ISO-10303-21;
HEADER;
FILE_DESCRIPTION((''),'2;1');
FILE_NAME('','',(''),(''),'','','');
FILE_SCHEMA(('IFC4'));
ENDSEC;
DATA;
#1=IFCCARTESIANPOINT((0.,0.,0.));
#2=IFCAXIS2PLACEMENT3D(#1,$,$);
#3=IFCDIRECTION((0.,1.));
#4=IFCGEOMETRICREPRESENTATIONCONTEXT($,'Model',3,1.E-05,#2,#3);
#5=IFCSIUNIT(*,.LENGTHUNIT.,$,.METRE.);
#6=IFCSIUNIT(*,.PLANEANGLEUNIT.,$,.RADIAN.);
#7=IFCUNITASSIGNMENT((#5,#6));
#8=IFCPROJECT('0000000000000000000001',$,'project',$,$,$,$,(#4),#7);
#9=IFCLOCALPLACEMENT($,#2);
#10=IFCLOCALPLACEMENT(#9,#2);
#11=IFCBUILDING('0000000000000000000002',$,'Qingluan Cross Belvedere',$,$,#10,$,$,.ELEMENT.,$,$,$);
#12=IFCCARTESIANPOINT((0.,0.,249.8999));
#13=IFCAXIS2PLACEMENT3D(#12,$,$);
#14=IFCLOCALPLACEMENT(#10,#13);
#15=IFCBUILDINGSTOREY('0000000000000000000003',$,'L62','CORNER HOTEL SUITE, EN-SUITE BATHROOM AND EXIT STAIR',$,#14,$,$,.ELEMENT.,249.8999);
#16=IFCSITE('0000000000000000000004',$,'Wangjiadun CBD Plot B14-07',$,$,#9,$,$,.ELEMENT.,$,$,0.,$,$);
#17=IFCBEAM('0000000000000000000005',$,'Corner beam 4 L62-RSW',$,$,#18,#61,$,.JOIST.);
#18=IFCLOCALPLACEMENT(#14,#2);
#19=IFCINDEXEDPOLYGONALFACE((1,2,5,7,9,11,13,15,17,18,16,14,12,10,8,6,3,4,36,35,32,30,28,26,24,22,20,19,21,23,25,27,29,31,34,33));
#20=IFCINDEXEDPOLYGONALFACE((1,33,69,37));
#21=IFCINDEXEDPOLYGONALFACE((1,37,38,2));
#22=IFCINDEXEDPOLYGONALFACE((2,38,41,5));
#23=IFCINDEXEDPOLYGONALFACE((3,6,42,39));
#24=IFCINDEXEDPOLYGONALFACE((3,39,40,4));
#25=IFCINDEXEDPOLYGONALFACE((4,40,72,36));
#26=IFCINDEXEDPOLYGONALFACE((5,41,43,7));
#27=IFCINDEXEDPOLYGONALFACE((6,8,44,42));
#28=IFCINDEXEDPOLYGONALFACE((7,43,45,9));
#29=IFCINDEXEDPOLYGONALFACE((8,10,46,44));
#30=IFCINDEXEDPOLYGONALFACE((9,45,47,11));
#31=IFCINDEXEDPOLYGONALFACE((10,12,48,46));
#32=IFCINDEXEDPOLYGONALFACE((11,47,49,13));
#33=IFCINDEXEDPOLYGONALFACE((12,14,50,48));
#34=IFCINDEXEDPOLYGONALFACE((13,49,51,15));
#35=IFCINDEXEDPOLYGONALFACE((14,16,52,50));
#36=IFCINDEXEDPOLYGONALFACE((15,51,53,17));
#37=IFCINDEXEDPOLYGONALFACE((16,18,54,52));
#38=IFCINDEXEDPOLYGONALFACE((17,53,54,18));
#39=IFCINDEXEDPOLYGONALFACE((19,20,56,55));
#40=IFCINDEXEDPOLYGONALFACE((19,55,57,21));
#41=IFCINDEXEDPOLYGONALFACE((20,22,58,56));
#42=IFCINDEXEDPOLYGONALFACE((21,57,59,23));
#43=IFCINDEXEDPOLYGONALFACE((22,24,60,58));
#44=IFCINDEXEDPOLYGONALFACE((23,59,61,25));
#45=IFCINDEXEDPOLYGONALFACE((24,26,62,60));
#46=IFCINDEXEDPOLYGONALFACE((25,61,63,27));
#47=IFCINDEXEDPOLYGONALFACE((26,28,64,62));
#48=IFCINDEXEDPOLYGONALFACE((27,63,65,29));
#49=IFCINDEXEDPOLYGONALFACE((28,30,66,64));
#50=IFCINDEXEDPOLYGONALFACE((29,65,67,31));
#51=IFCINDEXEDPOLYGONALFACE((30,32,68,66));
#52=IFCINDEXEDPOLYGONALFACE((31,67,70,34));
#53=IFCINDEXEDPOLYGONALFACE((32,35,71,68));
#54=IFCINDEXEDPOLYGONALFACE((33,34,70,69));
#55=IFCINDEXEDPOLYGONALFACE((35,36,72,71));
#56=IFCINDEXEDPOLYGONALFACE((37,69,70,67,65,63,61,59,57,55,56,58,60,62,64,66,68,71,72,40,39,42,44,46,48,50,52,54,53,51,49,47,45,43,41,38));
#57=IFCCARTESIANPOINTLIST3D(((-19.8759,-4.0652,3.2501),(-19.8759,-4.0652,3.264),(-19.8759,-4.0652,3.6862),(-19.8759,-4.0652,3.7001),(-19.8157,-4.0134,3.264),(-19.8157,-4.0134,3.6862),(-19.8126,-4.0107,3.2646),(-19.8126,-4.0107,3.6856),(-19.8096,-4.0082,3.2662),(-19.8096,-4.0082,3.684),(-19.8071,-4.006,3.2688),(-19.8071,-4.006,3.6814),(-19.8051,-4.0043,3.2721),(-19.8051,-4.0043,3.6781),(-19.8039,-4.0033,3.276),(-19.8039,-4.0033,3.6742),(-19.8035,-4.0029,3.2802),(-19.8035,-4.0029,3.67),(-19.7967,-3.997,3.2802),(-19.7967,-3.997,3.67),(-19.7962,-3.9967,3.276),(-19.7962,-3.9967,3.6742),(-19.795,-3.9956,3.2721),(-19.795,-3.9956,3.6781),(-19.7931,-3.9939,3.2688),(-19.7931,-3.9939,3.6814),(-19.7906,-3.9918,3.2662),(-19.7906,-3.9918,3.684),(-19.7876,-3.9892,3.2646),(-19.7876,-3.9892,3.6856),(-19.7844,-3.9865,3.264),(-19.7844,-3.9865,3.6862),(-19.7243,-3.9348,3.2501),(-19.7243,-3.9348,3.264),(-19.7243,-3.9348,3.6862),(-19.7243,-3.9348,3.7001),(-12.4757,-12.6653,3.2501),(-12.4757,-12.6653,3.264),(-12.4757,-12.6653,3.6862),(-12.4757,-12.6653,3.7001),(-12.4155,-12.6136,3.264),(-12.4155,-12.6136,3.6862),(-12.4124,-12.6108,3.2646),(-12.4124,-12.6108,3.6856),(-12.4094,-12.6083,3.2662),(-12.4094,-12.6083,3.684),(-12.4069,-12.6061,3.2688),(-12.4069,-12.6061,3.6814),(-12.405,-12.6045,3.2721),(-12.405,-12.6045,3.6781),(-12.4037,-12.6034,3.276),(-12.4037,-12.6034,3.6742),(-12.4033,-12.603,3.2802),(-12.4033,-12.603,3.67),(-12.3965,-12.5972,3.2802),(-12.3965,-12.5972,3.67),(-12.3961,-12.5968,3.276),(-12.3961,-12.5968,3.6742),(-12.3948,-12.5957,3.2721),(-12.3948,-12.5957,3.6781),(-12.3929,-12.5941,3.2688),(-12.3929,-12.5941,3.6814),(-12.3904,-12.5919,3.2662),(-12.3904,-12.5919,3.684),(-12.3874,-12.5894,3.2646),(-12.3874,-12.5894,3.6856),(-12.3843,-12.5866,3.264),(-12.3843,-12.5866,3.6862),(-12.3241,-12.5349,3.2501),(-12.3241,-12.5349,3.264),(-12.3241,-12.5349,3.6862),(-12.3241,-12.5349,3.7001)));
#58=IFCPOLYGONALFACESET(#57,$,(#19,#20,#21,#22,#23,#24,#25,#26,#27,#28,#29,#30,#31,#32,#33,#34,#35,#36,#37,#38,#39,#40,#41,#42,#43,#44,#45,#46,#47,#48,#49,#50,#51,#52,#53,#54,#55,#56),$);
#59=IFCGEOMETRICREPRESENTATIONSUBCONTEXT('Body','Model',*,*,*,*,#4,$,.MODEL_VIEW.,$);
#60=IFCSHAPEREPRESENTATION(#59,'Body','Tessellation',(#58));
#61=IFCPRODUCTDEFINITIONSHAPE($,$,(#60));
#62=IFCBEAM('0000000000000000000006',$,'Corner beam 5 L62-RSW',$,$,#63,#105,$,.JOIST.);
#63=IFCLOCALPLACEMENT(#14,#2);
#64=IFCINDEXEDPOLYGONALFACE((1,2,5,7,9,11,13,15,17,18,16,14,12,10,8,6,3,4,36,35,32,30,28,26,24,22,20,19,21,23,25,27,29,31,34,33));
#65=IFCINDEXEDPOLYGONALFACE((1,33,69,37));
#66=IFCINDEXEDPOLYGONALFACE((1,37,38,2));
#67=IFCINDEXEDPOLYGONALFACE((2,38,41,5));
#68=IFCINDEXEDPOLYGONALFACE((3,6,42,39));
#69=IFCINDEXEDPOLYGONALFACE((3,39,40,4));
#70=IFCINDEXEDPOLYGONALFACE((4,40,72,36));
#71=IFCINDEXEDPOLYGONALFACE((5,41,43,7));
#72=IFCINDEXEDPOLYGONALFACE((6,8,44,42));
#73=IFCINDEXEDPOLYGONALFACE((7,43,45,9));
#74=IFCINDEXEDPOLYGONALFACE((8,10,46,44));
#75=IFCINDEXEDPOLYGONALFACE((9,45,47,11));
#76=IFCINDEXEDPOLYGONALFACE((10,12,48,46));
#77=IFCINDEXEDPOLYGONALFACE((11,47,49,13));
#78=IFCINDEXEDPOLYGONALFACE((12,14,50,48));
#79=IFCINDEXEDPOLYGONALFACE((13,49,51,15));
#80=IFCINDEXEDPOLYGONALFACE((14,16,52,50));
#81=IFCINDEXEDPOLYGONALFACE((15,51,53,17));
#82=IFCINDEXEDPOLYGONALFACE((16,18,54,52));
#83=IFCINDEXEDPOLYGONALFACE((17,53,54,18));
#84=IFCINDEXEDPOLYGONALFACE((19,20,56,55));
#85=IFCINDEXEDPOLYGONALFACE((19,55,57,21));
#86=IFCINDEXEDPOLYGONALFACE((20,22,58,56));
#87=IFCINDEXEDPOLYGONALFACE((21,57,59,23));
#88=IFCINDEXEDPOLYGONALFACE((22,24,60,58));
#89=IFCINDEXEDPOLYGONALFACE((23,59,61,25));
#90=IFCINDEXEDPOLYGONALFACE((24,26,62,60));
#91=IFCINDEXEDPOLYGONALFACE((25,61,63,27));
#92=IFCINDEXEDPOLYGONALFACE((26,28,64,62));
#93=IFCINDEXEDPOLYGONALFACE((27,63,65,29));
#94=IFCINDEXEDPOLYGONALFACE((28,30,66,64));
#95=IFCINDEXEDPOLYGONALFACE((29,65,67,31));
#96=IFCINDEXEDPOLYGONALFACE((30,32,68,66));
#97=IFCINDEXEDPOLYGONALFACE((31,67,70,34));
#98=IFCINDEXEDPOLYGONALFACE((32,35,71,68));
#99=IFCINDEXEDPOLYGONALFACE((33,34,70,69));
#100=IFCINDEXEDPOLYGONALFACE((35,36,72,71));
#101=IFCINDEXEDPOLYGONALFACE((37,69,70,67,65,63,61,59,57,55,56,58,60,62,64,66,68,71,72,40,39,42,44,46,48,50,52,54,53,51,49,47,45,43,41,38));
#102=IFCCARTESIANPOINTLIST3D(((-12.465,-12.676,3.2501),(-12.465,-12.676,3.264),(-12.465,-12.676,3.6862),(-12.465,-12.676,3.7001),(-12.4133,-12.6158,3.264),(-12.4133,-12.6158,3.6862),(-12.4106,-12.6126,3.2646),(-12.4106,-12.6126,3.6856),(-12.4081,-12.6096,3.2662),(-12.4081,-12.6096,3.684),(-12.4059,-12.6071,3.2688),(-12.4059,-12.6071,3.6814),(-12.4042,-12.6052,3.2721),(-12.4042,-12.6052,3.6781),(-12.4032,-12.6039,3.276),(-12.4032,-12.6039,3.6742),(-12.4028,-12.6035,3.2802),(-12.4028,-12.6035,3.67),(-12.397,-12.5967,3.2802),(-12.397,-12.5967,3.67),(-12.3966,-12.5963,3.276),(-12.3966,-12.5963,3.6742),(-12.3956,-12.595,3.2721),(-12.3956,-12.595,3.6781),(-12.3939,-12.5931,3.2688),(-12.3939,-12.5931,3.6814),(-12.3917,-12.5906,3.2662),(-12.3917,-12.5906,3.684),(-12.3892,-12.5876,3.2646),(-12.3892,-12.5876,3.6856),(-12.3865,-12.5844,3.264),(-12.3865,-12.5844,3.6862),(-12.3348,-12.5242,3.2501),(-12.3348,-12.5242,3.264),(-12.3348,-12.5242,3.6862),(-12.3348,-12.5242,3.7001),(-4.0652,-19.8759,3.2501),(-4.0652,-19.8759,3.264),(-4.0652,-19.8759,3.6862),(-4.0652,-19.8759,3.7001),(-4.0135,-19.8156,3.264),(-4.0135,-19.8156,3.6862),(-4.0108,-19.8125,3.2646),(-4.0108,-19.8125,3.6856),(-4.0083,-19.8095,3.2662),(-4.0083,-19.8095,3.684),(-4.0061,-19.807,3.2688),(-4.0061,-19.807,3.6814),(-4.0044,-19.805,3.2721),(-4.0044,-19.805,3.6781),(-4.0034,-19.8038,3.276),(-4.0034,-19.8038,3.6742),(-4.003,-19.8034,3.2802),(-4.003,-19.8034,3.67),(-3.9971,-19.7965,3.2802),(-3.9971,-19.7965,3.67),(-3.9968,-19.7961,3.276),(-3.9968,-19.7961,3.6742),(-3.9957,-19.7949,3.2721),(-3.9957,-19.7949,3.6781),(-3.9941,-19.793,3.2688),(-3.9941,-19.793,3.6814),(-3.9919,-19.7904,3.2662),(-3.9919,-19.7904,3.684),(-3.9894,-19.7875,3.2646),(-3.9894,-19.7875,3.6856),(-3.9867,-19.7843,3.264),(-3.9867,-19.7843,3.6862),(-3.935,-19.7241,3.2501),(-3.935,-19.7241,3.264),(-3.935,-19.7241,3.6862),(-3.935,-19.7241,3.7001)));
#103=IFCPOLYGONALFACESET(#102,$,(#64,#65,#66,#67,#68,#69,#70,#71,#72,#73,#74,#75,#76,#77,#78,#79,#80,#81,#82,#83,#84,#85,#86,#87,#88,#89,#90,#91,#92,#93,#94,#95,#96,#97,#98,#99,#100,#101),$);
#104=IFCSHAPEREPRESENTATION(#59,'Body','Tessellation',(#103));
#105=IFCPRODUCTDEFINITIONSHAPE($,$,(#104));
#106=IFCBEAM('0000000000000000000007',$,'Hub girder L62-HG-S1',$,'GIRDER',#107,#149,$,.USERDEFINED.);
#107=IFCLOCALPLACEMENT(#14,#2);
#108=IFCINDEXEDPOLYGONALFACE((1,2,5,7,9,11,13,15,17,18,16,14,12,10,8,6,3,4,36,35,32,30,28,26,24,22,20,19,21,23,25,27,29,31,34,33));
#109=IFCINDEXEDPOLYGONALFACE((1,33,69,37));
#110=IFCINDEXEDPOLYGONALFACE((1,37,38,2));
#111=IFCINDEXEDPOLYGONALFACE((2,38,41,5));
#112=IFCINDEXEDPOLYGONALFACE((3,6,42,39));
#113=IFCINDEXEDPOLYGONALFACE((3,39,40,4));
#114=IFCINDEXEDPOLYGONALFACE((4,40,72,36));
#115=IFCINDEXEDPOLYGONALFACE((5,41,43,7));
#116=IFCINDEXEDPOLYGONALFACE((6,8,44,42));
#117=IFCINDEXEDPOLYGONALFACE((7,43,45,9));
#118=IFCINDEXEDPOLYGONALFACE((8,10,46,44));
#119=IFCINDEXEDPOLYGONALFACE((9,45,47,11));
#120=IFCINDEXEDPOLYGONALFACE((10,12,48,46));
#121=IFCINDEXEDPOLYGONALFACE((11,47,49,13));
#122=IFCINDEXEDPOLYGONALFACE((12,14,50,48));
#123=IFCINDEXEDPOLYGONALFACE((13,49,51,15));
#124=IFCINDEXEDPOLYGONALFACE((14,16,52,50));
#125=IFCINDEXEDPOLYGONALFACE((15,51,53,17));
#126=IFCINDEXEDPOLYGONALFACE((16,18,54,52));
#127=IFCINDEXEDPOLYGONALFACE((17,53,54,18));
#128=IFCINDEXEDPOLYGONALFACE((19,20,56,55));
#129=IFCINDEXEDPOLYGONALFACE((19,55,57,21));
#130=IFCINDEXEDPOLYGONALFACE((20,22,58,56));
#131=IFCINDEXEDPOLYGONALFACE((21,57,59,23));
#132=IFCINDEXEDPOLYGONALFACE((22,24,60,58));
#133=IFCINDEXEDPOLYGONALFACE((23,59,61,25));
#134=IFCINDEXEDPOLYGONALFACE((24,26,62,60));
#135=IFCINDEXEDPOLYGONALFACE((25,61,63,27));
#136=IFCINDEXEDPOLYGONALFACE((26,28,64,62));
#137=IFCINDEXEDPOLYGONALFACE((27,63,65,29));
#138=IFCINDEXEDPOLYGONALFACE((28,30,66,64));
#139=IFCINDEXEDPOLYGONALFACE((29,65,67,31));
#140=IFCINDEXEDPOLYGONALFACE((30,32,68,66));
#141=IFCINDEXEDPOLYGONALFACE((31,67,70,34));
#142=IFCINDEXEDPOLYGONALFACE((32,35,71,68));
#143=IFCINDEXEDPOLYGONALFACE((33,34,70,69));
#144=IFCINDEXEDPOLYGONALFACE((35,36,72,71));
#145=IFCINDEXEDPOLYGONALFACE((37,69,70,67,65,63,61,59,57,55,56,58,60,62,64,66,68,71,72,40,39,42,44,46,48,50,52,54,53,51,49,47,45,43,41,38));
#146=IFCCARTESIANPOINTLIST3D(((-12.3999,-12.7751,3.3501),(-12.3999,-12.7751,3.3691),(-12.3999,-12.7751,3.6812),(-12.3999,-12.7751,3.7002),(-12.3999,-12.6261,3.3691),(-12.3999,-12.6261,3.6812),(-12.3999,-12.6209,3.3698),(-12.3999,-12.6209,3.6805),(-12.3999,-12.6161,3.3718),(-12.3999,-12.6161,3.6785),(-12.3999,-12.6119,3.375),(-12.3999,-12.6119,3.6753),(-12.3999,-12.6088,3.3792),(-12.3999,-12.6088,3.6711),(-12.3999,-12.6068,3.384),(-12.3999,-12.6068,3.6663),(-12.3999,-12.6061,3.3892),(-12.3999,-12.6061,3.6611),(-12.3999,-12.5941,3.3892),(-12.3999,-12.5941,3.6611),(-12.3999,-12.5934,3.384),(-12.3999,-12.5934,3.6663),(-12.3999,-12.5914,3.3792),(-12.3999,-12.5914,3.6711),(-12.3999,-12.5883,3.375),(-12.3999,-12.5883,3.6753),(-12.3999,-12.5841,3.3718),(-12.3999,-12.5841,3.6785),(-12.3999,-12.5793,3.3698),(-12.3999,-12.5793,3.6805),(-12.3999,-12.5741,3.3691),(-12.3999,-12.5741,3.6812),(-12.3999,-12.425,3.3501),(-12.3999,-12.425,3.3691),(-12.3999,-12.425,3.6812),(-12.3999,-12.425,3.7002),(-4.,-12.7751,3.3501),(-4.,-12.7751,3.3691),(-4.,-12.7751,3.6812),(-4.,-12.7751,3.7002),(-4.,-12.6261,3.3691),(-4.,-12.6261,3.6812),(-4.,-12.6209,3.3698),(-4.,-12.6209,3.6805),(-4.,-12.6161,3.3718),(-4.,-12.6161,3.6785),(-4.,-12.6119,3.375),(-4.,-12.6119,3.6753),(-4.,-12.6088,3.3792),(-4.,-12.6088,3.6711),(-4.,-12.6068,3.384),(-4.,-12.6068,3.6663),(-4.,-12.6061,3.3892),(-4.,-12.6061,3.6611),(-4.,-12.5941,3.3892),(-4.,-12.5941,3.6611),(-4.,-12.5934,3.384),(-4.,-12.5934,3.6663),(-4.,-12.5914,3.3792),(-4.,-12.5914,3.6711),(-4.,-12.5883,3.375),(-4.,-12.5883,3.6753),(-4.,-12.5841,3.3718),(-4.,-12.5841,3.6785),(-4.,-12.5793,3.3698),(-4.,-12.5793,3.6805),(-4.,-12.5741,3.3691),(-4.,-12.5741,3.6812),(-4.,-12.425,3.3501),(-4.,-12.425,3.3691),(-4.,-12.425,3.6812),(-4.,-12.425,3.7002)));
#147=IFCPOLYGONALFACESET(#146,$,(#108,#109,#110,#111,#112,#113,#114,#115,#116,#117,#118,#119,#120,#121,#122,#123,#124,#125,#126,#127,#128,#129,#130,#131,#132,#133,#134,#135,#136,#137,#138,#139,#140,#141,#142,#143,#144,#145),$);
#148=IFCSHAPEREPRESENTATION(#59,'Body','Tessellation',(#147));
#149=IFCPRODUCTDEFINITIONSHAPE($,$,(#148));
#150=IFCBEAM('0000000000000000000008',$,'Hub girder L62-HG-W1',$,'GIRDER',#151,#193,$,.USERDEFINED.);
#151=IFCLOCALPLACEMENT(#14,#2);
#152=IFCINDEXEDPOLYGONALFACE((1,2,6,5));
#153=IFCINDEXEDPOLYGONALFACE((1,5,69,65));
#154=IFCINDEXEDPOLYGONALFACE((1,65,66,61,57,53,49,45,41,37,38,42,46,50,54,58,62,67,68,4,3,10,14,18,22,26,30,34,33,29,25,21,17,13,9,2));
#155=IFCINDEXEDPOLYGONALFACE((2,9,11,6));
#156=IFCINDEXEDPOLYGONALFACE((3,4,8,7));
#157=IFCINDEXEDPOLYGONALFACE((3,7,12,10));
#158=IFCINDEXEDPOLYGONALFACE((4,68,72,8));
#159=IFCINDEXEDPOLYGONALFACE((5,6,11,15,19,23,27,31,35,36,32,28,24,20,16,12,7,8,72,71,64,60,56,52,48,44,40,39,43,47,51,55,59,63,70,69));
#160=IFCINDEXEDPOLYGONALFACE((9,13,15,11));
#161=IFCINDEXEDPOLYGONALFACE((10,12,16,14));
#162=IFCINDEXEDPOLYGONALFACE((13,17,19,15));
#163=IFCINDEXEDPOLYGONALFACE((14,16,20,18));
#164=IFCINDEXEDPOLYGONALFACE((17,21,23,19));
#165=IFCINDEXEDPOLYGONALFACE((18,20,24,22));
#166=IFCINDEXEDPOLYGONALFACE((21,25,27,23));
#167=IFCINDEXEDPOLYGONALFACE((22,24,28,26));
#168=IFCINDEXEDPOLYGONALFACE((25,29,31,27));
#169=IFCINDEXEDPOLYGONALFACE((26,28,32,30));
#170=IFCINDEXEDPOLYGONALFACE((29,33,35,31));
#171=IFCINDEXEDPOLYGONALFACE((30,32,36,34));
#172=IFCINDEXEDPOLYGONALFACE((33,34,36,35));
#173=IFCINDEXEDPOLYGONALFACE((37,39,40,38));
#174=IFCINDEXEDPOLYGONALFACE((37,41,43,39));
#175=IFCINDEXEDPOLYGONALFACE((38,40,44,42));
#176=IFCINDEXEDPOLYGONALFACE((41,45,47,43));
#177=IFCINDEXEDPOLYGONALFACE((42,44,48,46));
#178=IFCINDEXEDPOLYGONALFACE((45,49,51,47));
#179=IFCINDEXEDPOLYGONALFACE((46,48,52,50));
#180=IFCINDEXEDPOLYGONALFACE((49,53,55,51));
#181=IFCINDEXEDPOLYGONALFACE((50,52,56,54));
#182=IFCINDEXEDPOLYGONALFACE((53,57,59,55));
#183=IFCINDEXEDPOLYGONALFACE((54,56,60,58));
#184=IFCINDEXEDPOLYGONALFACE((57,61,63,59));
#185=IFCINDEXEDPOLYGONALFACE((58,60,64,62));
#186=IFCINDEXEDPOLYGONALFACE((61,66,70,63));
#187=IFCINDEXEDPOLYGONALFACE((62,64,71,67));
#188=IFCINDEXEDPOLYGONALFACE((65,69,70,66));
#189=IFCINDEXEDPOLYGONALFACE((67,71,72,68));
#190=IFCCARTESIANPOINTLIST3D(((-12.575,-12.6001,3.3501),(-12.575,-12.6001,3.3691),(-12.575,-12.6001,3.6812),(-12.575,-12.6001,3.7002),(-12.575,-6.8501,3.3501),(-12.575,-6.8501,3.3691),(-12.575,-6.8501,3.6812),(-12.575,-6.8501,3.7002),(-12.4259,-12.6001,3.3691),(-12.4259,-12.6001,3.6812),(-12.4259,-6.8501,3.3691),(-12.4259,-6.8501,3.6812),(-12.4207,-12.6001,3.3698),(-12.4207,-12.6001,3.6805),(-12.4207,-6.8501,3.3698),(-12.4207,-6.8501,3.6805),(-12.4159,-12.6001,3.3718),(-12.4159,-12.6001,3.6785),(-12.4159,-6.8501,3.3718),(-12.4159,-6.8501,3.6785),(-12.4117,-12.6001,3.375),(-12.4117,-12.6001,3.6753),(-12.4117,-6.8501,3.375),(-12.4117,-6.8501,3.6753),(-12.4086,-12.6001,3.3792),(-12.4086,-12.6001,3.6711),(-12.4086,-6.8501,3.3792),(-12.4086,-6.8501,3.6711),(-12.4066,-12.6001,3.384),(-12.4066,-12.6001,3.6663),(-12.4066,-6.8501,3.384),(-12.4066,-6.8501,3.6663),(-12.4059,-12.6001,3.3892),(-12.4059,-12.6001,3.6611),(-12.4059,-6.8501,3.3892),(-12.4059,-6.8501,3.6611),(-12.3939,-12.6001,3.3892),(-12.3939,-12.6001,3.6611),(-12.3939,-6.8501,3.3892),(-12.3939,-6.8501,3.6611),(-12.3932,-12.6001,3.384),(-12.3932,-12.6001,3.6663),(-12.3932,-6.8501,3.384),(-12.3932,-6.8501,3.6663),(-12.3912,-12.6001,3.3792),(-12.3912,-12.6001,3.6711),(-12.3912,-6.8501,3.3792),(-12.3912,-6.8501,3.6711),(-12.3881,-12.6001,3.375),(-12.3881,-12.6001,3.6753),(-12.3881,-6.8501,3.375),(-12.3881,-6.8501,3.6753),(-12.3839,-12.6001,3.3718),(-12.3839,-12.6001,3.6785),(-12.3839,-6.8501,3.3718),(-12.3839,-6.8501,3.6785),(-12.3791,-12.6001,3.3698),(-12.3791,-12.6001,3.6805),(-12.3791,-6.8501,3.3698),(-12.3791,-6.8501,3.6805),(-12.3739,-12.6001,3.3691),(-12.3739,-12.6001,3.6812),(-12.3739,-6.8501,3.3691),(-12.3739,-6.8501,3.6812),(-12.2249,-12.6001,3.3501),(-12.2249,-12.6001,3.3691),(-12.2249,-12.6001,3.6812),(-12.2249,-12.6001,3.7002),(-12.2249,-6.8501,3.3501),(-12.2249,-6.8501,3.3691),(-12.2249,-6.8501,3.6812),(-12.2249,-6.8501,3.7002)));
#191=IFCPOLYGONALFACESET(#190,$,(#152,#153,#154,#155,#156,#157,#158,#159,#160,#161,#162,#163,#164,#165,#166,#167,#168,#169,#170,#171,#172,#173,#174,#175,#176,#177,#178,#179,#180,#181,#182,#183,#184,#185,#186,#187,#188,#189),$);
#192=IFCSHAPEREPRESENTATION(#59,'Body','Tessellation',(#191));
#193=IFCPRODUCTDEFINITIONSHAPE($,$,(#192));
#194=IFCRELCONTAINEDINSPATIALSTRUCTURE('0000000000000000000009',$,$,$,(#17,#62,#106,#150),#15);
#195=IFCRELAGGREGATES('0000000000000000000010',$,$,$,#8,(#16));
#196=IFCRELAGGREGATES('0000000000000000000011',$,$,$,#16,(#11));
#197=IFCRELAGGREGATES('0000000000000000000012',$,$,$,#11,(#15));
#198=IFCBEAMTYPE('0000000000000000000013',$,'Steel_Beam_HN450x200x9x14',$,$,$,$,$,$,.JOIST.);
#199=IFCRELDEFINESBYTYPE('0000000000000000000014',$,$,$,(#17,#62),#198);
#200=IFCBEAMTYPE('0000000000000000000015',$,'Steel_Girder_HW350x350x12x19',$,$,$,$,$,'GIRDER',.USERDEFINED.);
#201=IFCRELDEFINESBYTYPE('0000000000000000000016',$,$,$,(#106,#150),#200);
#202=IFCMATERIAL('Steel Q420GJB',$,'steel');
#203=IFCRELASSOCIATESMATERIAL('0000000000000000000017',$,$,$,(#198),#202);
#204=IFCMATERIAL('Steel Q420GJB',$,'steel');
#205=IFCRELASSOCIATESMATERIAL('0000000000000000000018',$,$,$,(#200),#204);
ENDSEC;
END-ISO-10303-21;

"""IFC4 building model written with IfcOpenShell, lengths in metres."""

from ifc_helpers import new_model, si_unit, direction, frame, origin, origin_2d, place, context, subcontext, project, spatial, i_section, extrude, material, material_profile, profile_set, type_object, element, save


model = new_model("IFC4")

# Units and contexts
model_context = context("Model", 3, precision=1e-05, world=origin(), true_north=direction((0.0, 1.0)))
body_context = subcontext(model_context, "Body", "Model", "MODEL_VIEW")
ifc_project = project(units=[si_unit("LENGTHUNIT", "METRE"), si_unit("PLANEANGLEUNIT", "RADIAN")], contexts=[model_context])

# Site, building, storey
site_placement = place(None, origin())
site = spatial("IfcSite", under=ifc_project, at=site_placement, Name="Wangjiadun CBD Plot B14-07", CompositionType="ELEMENT", RefElevation=0.0)
building_placement = place(site_placement, origin())
building = spatial("IfcBuilding", under=site, at=building_placement, Name="Qingluan Cross Belvedere", CompositionType="ELEMENT")
storey_placement = place(building_placement, frame((0.0, 0.0, 249.8999)))
storey = spatial("IfcBuildingStorey", under=building, at=storey_placement, Name="L62", Description="CORNER HOTEL SUITE, EN-SUITE BATHROOM AND EXIT STAIR", CompositionType="ELEMENT", Elevation=249.8999)

# Beams
ifc_material_1 = material(Name="Steel Q420GJB", Category="steel")
ifc_material_profile_1 = material_profile(ifc_material_1, i_section(OverallWidth=0.2, OverallDepth=0.45, WebThickness=0.009, FlangeThickness=0.0139, FilletRadius=0.0161, at=origin_2d()), Name="HN450x200x9x14")
ifc_profile_set_1 = profile_set([ifc_material_profile_1], Name="Steel Q420GJB")
beam_type_1 = type_object("IfcBeamType", Name="Steel_Beam_HN450x200x9x14", PredefinedType="JOIST", material=ifc_profile_set_1)
beam_1_placement = place(storey_placement, frame((-12.3999, -12.6001, 3.4751), z_axis=(-0.652245, 0.758008, 0.0), x_axis=(-0.758008, -0.652245, 0.0)))
element("IfcBeam", 1, at=beam_1_placement, inside=storey, type_object=beam_type_1, Name="Corner beam 4 L62-RSW", PredefinedType="JOIST", context=body_context, shape_type="SweptSolid", body=[
    extrude(i_section(OverallWidth=0.2, OverallDepth=0.45, WebThickness=0.009, FlangeThickness=0.0139, FilletRadius=0.0161, at=origin_2d()), origin(), (0.0, 0.0, 1.0), 11.3457),
])
beam_2_placement = place(storey_placement, frame((-12.3999, -12.6001, 3.4751), z_axis=(0.759255, -0.650793, 0.0), x_axis=(0.650793, 0.759255, 0.0)))
element("IfcBeam", 2, at=beam_2_placement, inside=storey, type_object=beam_type_1, Name="Corner beam 5 L62-RSW", PredefinedType="JOIST", context=body_context, shape_type="SweptSolid", body=[
    extrude(i_section(OverallWidth=0.2, OverallDepth=0.45, WebThickness=0.009, FlangeThickness=0.0139, FilletRadius=0.0161, at=origin_2d()), origin(), (0.0, 0.0, 1.0), 11.0632),
])
ifc_material_2 = material(Name="Steel Q420GJB", Category="steel")
ifc_material_profile_2 = material_profile(ifc_material_2, i_section(OverallWidth=0.3501, OverallDepth=0.3501, WebThickness=0.012, FlangeThickness=0.019, FilletRadius=0.02, at=origin_2d()), Name="HW350x350x12x19")
ifc_profile_set_2 = profile_set([ifc_material_profile_2], Name="Steel Q420GJB")
beam_type_2 = type_object("IfcBeamType", Name="Steel_Girder_HW350x350x12x19", ElementType="GIRDER", PredefinedType="USERDEFINED", material=ifc_profile_set_2)
beam_3_placement = place(storey_placement, frame((-12.3999, -12.6001, 3.5251), z_axis=(1.0, 0.0, 0.0), x_axis=(0.0, 1.0, 0.0)))
element("IfcBeam", 3, at=beam_3_placement, inside=storey, type_object=beam_type_2, Name="Hub girder L62-HG-S1", ObjectType="GIRDER", PredefinedType="USERDEFINED", context=body_context, shape_type="SweptSolid", body=[
    extrude(i_section(OverallWidth=0.3501, OverallDepth=0.3501, WebThickness=0.012, FlangeThickness=0.019, FilletRadius=0.02, at=origin_2d()), origin(), (0.0, 0.0, 1.0), 8.3999),
])
beam_4_placement = place(storey_placement, frame((-12.3999, -12.6001, 3.5251), z_axis=(0.0, 1.0, 0.0), x_axis=(-1.0, 0.0, 0.0)))
element("IfcBeam", 4, at=beam_4_placement, inside=storey, type_object=beam_type_2, Name="Hub girder L62-HG-W1", ObjectType="GIRDER", PredefinedType="USERDEFINED", context=body_context, shape_type="SweptSolid", body=[
    extrude(i_section(OverallWidth=0.3501, OverallDepth=0.3501, WebThickness=0.012, FlangeThickness=0.019, FilletRadius=0.02, at=origin_2d()), origin(), (0.0, 0.0, 1.0), 5.75),
])

save(model, "model.ifc")
